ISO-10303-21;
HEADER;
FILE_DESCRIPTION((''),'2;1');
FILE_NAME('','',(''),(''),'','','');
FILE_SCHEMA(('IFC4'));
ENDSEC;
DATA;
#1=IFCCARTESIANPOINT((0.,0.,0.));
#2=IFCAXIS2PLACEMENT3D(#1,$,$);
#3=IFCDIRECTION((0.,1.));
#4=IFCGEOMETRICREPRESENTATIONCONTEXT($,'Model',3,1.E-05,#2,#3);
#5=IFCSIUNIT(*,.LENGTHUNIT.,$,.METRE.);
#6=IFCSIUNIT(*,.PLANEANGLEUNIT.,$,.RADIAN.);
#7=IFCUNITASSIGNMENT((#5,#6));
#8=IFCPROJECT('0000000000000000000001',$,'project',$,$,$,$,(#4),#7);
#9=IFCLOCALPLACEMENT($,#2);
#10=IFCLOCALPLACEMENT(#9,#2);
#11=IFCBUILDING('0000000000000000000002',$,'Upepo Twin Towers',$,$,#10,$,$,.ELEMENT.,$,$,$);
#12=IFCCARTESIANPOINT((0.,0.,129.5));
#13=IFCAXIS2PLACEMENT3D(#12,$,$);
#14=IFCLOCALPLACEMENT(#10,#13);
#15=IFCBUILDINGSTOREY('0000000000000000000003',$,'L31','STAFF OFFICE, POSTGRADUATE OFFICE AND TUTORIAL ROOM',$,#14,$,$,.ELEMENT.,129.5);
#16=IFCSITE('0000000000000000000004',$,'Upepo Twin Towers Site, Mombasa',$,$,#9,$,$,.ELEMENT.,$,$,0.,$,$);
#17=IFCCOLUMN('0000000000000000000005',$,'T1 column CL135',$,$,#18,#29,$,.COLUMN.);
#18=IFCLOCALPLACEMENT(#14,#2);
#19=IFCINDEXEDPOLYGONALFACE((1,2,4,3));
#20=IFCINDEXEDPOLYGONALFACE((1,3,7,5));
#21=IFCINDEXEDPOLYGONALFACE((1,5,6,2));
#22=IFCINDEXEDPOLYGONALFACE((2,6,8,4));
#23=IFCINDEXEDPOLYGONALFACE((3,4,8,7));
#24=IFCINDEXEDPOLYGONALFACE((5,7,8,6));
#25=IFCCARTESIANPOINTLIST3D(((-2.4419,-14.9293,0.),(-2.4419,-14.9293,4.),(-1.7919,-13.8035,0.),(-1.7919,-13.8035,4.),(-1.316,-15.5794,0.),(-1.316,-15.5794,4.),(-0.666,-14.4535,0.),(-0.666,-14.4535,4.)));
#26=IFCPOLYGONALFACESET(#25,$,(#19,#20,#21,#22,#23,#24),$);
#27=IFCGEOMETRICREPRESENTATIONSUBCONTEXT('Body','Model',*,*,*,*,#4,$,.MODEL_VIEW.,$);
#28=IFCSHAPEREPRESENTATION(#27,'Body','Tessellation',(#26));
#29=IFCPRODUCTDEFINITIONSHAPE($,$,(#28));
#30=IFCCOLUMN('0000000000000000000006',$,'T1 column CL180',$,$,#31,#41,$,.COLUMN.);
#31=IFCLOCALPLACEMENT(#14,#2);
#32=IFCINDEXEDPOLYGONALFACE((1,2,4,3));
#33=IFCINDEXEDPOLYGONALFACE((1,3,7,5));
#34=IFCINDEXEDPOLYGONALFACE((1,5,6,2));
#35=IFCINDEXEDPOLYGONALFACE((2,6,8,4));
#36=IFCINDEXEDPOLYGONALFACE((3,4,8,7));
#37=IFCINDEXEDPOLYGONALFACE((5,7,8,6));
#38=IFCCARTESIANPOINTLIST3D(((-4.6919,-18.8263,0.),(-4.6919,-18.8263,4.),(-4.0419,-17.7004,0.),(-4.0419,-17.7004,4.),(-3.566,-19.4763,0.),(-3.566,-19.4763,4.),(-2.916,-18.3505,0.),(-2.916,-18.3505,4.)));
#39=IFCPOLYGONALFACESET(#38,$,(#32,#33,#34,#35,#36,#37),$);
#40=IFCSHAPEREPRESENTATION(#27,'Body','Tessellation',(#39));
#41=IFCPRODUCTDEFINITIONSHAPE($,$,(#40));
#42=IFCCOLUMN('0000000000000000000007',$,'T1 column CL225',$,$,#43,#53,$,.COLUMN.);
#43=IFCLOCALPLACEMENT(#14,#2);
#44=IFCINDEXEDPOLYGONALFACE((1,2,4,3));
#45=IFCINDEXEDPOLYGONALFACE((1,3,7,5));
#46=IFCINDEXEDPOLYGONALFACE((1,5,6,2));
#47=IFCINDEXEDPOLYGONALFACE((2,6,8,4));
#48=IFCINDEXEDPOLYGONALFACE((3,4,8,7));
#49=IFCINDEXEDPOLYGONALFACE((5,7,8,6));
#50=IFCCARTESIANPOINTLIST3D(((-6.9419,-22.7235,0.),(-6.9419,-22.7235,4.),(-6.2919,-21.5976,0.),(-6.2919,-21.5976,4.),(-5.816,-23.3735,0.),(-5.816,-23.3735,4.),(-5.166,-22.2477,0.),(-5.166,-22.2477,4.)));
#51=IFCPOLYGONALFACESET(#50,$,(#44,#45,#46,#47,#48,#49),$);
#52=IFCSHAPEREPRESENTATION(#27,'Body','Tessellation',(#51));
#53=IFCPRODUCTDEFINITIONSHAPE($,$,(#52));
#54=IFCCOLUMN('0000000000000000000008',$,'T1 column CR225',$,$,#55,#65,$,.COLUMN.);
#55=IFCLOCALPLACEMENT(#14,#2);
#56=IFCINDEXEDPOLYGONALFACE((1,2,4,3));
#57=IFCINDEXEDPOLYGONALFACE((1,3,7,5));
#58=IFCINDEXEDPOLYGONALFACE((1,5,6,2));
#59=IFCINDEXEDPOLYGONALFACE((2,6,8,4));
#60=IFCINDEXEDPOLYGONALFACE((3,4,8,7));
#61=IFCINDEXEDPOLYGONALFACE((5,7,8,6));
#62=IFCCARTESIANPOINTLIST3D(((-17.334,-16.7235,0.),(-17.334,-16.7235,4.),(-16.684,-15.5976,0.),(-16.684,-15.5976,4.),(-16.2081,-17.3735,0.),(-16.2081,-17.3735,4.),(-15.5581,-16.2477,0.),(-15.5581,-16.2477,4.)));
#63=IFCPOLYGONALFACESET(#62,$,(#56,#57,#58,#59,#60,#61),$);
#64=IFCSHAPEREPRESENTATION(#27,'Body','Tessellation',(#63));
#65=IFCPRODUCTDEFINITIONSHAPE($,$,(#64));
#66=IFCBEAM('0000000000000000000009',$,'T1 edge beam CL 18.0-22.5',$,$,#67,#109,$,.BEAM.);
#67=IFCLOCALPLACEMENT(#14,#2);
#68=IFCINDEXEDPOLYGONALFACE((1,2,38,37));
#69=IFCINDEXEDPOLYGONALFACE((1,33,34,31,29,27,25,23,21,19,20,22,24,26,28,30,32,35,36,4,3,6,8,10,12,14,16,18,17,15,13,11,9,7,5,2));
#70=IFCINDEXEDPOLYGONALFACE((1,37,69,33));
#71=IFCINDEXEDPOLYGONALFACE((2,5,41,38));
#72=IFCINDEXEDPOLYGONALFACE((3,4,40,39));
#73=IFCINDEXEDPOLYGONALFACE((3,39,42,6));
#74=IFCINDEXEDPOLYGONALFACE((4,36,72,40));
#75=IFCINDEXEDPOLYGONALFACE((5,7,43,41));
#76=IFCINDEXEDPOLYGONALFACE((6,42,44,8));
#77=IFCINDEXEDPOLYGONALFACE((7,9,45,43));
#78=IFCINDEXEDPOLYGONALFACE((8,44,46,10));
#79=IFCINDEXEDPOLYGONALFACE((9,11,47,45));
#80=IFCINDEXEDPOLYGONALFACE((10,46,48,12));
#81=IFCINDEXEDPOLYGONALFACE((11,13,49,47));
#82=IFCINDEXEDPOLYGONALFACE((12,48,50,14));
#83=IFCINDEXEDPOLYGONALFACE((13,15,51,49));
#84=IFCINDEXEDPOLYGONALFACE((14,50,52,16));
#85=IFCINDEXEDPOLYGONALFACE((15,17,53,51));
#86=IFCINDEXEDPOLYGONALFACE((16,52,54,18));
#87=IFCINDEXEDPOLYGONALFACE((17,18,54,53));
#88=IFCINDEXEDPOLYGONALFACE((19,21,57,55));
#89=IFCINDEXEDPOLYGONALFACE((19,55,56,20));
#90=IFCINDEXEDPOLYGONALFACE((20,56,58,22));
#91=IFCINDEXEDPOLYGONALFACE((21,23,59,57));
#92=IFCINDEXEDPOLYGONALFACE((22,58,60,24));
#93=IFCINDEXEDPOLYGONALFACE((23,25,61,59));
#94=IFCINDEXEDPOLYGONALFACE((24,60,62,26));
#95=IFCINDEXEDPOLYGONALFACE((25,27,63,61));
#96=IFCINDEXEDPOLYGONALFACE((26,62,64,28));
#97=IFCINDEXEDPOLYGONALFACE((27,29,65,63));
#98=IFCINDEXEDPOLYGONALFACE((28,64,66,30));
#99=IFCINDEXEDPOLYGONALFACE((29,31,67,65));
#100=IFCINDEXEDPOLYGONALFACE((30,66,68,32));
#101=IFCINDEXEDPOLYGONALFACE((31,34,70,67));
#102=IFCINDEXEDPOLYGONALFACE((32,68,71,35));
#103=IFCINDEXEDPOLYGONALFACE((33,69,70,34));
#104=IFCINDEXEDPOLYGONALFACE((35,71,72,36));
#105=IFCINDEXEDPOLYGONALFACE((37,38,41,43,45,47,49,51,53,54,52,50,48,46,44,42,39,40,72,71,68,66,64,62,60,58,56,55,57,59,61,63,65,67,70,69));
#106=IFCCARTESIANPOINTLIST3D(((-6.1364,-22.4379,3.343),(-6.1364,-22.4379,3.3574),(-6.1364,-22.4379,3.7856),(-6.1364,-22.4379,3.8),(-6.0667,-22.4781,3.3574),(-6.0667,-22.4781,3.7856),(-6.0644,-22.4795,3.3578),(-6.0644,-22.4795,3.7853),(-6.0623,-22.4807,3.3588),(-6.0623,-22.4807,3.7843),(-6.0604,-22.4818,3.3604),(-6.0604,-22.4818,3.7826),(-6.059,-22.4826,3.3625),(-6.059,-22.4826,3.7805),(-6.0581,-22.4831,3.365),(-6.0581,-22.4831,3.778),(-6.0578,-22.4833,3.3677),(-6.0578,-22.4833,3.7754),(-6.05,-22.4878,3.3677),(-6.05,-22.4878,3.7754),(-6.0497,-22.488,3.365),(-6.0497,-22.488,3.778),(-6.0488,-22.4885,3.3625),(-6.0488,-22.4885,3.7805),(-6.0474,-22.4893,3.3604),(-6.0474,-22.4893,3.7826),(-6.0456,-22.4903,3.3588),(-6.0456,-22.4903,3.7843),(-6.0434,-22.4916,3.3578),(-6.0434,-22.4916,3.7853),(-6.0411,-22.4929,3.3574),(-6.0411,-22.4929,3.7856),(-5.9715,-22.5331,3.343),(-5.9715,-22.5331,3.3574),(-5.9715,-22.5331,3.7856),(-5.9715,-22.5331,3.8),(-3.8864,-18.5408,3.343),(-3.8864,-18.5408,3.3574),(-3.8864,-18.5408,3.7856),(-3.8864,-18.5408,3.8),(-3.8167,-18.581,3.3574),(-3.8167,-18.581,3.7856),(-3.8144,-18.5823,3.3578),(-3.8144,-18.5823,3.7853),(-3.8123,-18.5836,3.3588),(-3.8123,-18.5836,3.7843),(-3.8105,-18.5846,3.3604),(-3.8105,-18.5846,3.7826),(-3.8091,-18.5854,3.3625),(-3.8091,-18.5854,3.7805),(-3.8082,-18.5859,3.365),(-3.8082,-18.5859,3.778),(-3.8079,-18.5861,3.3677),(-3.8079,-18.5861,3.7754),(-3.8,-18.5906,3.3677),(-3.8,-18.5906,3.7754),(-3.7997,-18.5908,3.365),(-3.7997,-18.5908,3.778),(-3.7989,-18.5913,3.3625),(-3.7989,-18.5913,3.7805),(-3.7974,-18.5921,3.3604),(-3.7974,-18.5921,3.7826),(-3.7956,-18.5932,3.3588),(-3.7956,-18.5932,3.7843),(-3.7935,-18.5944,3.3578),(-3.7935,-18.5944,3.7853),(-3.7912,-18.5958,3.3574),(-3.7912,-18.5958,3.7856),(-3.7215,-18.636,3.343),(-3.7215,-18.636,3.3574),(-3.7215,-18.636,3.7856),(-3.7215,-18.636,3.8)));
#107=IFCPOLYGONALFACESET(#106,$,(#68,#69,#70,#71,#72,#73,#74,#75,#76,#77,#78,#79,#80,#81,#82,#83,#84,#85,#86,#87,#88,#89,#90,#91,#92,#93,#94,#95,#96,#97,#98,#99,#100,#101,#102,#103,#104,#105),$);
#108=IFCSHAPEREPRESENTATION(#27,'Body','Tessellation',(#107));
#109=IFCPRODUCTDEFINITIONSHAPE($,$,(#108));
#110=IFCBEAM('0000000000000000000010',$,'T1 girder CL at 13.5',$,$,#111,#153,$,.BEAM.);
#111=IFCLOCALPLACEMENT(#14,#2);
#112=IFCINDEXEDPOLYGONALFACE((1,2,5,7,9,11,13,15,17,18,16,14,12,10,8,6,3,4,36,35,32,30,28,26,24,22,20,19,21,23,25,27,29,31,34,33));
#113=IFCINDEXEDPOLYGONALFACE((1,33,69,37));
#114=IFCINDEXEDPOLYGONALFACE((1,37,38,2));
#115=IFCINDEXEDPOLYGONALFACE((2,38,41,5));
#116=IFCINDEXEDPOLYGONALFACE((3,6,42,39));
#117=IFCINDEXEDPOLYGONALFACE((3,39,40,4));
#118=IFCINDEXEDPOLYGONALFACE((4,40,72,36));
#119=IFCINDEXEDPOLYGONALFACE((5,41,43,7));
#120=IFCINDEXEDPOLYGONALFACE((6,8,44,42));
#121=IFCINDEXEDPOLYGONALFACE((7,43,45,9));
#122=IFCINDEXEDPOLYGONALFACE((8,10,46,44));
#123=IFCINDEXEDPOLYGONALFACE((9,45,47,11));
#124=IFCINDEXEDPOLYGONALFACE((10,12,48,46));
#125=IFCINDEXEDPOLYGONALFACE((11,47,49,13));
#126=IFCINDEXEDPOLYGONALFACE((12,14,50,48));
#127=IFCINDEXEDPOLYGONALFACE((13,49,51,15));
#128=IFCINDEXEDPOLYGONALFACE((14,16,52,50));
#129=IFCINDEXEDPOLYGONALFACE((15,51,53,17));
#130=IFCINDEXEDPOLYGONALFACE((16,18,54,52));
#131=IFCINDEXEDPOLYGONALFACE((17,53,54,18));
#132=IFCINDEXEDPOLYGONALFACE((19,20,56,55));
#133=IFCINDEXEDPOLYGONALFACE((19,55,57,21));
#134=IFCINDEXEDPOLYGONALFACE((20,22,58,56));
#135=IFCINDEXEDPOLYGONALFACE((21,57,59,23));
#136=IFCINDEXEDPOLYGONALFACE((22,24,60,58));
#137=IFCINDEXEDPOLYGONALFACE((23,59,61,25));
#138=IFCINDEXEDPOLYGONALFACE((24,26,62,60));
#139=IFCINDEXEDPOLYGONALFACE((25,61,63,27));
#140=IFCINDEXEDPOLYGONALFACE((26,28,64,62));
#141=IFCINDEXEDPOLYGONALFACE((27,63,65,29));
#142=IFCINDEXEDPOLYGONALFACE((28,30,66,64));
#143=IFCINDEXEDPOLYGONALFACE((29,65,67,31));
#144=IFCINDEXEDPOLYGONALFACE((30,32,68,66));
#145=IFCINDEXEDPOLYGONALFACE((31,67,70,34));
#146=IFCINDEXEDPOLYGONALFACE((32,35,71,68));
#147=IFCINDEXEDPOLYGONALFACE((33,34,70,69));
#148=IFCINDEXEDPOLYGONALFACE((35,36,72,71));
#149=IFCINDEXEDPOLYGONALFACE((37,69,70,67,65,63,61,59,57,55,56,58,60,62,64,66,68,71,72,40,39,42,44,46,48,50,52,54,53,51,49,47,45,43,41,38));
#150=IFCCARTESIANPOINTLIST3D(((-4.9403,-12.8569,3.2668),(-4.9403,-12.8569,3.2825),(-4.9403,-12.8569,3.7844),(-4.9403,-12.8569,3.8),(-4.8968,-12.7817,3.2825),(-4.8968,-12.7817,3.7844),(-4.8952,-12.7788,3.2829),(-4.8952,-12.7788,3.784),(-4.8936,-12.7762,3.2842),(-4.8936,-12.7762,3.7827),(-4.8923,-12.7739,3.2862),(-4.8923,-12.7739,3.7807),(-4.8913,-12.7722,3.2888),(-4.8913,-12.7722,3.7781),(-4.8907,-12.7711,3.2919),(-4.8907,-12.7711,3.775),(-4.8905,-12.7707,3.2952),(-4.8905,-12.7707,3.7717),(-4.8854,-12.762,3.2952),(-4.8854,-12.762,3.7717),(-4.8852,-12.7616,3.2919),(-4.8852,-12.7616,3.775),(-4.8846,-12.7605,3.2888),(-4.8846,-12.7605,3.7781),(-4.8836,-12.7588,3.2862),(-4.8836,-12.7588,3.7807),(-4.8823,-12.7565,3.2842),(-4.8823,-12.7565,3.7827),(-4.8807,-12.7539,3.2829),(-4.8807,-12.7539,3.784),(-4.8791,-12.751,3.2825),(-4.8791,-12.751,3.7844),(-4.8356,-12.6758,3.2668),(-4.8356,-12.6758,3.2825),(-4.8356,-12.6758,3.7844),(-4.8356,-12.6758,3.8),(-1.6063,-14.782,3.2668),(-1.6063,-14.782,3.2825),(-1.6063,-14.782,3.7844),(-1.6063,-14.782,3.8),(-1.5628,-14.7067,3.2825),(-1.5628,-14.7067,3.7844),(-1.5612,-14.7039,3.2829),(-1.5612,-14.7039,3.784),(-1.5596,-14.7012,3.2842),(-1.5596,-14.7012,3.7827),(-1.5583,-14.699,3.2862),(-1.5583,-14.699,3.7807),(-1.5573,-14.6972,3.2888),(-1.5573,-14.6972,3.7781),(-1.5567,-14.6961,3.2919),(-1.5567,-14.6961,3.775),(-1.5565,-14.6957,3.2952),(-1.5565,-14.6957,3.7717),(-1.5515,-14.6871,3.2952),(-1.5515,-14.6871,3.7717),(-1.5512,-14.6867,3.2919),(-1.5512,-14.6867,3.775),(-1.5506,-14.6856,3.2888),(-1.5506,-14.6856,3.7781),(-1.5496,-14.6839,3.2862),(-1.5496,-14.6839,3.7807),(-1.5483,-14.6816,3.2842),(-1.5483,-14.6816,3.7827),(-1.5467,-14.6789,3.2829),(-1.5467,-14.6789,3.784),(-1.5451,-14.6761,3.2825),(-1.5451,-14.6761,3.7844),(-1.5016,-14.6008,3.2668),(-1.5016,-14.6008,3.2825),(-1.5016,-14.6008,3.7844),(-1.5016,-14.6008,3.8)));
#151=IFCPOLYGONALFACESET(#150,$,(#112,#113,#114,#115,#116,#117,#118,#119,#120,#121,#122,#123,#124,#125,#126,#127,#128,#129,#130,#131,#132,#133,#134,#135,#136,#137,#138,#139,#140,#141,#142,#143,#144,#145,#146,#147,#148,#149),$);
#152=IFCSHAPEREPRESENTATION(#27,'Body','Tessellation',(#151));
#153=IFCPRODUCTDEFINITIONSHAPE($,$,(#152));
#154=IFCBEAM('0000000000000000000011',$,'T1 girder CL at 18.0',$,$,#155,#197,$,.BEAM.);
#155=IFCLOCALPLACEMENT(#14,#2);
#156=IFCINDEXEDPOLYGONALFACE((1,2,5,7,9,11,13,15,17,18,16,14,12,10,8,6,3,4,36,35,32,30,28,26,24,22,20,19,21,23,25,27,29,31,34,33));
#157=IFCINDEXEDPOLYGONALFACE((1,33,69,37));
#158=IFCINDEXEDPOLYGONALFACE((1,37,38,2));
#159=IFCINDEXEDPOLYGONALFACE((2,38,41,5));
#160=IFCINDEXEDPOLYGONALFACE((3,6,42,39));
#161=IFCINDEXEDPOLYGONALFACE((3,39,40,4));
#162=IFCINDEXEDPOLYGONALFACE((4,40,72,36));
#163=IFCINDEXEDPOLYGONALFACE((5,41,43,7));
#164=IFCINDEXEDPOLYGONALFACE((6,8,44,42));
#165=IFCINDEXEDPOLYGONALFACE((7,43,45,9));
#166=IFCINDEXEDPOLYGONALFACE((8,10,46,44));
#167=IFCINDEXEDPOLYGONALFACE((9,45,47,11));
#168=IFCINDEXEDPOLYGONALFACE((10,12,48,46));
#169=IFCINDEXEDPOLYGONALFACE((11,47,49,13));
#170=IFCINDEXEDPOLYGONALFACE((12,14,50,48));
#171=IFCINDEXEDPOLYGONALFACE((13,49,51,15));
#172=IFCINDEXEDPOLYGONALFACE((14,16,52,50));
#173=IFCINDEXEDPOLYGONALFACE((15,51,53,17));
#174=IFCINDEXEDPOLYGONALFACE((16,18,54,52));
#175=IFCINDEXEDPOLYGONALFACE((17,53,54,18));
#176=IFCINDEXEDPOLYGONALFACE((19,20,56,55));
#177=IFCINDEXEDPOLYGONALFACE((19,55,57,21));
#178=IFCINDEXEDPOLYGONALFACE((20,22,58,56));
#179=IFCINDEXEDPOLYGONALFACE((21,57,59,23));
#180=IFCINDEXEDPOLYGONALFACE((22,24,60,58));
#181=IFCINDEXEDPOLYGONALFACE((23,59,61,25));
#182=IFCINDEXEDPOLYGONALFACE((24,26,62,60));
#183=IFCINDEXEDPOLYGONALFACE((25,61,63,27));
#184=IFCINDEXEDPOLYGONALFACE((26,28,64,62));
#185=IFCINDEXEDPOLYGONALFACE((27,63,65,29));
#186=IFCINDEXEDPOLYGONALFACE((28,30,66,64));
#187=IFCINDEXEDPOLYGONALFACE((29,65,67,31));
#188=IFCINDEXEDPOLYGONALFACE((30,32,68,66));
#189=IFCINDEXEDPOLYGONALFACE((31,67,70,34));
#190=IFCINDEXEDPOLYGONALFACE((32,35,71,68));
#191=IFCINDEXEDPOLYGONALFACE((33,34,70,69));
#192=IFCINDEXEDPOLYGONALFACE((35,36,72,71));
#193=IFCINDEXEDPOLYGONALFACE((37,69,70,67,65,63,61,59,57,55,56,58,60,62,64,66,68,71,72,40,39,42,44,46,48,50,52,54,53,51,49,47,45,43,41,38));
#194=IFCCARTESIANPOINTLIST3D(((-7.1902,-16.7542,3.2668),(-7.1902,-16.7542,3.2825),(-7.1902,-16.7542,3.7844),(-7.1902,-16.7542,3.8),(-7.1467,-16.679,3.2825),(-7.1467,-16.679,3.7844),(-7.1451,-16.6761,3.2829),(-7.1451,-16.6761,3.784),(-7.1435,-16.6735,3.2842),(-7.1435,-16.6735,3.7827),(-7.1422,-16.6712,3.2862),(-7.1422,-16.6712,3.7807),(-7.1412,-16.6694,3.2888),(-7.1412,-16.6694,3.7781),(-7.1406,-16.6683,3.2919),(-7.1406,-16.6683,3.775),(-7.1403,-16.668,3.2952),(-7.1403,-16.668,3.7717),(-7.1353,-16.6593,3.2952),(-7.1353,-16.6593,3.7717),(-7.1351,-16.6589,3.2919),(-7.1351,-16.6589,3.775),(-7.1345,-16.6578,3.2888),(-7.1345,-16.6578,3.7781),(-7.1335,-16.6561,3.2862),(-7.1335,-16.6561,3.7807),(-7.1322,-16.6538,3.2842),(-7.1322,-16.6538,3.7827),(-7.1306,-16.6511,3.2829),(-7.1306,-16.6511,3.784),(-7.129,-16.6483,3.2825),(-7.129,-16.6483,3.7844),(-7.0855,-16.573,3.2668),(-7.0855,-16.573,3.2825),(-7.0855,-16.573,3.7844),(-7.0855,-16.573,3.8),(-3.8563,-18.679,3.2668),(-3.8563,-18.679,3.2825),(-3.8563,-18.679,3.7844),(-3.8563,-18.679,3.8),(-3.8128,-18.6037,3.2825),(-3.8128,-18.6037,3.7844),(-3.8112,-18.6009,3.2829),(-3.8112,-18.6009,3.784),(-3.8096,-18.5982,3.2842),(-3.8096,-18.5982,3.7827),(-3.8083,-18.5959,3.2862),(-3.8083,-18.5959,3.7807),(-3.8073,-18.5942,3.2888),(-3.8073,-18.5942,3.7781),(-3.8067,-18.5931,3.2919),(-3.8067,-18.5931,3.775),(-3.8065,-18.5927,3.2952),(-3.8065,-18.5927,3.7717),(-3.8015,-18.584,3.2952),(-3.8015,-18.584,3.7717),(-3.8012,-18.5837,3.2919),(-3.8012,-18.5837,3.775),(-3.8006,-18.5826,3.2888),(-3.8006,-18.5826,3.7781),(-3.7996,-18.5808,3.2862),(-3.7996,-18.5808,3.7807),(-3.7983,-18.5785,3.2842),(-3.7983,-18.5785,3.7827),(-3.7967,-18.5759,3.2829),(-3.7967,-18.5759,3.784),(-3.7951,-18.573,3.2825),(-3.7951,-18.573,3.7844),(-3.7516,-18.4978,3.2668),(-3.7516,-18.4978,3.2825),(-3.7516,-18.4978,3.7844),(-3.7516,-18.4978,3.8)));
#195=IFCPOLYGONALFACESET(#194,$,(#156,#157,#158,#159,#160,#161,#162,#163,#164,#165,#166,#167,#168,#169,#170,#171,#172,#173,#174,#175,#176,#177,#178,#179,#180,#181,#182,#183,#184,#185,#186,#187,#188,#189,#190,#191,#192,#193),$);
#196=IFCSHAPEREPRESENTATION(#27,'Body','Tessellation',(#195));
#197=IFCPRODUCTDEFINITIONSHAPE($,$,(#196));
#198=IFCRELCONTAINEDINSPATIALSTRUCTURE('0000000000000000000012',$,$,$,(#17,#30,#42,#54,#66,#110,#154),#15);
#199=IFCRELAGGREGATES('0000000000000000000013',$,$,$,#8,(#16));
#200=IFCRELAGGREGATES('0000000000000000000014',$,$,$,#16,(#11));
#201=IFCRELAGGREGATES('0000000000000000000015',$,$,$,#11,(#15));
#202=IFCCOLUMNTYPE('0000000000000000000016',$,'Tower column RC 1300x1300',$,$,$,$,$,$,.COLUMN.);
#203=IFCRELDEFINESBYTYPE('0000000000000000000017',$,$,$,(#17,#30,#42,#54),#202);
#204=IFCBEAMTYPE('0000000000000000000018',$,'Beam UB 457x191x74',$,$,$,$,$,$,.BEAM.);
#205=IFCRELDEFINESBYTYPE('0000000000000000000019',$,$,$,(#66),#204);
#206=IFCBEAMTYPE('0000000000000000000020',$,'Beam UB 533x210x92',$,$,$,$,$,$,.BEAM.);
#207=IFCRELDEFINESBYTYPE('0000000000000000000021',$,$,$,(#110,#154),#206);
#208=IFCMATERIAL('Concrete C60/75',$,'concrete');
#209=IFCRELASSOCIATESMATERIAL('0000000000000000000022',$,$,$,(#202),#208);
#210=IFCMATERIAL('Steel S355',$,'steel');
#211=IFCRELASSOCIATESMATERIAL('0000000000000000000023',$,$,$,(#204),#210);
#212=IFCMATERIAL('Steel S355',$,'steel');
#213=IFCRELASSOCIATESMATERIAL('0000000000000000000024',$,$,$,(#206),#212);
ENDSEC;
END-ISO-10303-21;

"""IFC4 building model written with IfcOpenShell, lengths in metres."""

from ifc_helpers import new_model, si_unit, direction, frame, origin, origin_2d, place, context, subcontext, project, spatial, rectangle, i_section, extrude, material, material_profile, profile_set, type_object, element, save


model = new_model("IFC4")

# Units and contexts
model_context = context("Model", 3, precision=1e-05, world=origin(), true_north=direction((0.0, 1.0)))
body_context = subcontext(model_context, "Body", "Model", "MODEL_VIEW")
ifc_project = project(units=[si_unit("LENGTHUNIT", "METRE"), si_unit("PLANEANGLEUNIT", "RADIAN")], contexts=[model_context])

# Site, building, storey
site_placement = place(None, origin())
site = spatial("IfcSite", under=ifc_project, at=site_placement, Name="Upepo Twin Towers Site, Mombasa", CompositionType="ELEMENT", RefElevation=0.0)
building_placement = place(site_placement, origin())
building = spatial("IfcBuilding", under=site, at=building_placement, Name="Upepo Twin Towers", CompositionType="ELEMENT")
storey_placement = place(building_placement, frame((0.0, 0.0, 129.5)))
storey = spatial("IfcBuildingStorey", under=building, at=storey_placement, Name="L31", Description="STAFF OFFICE, POSTGRADUATE OFFICE AND TUTORIAL ROOM", CompositionType="ELEMENT", Elevation=129.5)

# Columns
ifc_material_1 = material(Name="Concrete C60/75", Category="concrete")
ifc_material_profile_1 = material_profile(ifc_material_1, rectangle(XDim=1.3, YDim=1.3, at=origin_2d()), Name="RC 1300x1300")
ifc_profile_set_1 = profile_set([ifc_material_profile_1], Name="Concrete C60/75")
column_type = type_object("IfcColumnType", Name="Tower column RC 1300x1300", PredefinedType="COLUMN", material=ifc_profile_set_1)
for number, where, z_axis, x_axis, name in (
    (1, (-1.554, -14.6914, 0.0), (0.0, 0.0, 1.0), (0.5, 0.866025, 0.0), "T1 column CL135"),
    (2, (-3.804, -18.5884, 0.0), (0.0, 0.0, 1.0), (0.5, 0.866025, 0.0), "T1 column CL180"),
    (3, (-6.054, -22.4856, 0.0), (0.0, 0.0, 1.0), (0.5, 0.866025, 0.0), "T1 column CL225"),
    (4, (-16.446, -16.4856, 0.0), (0.0, 0.0, 1.0), (0.5, 0.866025, 0.0), "T1 column CR225"),
):
    element("IfcColumn", number, at=place(storey_placement, frame(where, z_axis=z_axis, x_axis=x_axis)), inside=storey, type_object=column_type, Name=name, PredefinedType="COLUMN", context=body_context, shape_type="SweptSolid", body=[
        extrude(rectangle(XDim=1.3, YDim=1.3, at=origin_2d()), origin(), (0.0, 0.0, 1.0), 4.0),
    ])

# Beams
ifc_material_2 = material(Name="Steel S355", Category="steel")
ifc_material_profile_2 = material_profile(ifc_material_2, i_section(OverallWidth=0.1904, OverallDepth=0.457, WebThickness=0.009, FlangeThickness=0.0144, FilletRadius=0.0103, at=origin_2d()), Name="UB 457x191x74")
ifc_profile_set_2 = profile_set([ifc_material_profile_2], Name="Steel S355")
beam_type_1 = type_object("IfcBeamType", Name="Beam UB 457x191x74", PredefinedType="BEAM", material=ifc_profile_set_2)
beam_1_placement = place(storey_placement, frame((-3.804, -18.5884, 3.5715), z_axis=(-0.49999, -0.866031, 0.0), x_axis=(0.866031, -0.49999, 0.0)))
element("IfcBeam", 5, at=beam_1_placement, inside=storey, type_object=beam_type_1, Name="T1 edge beam CL 18.0-22.5", PredefinedType="BEAM", context=body_context, shape_type="SweptSolid", body=[
    extrude(i_section(OverallWidth=0.1904, OverallDepth=0.457, WebThickness=0.009, FlangeThickness=0.0144, FilletRadius=0.0103, at=origin_2d()), origin(), (0.0, 0.0, 1.0), 4.5),
])
ifc_material_3 = material(Name="Steel S355", Category="steel")
ifc_material_profile_3 = material_profile(ifc_material_3, i_section(OverallWidth=0.2092, OverallDepth=0.5332, WebThickness=0.01, FlangeThickness=0.0156, FilletRadius=0.0127, at=origin_2d()), Name="UB 533x210x92")
ifc_profile_set_3 = profile_set([ifc_material_profile_3], Name="Steel S355")
beam_type_2 = type_object("IfcBeamType", Name="Beam UB 533x210x92", PredefinedType="BEAM", material=ifc_profile_set_3)
beam_2_placement = place(storey_placement, frame((-1.554, -14.6914, 3.5334), z_axis=(-0.866006, 0.500034, 0.0), x_axis=(-0.500034, -0.866006, 0.0)))
element("IfcBeam", 6, at=beam_2_placement, inside=storey, type_object=beam_type_2, Name="T1 girder CL at 13.5", PredefinedType="BEAM", context=body_context, shape_type="SweptSolid", body=[
    extrude(i_section(OverallWidth=0.2092, OverallDepth=0.5332, WebThickness=0.01, FlangeThickness=0.0156, FilletRadius=0.0127, at=origin_2d()), origin(), (0.0, 0.0, 1.0), 3.8499),
])
beam_3_placement = place(storey_placement, frame((-3.804, -18.5884, 3.5334), z_axis=(-0.866034, 0.499986, 0.0), x_axis=(-0.499986, -0.866034, 0.0)))
element("IfcBeam", 7, at=beam_3_placement, inside=storey, type_object=beam_type_2, Name="T1 girder CL at 18.0", PredefinedType="BEAM", context=body_context, shape_type="SweptSolid", body=[
    extrude(i_section(OverallWidth=0.2092, OverallDepth=0.5332, WebThickness=0.01, FlangeThickness=0.0156, FilletRadius=0.0127, at=origin_2d()), origin(), (0.0, 0.0, 1.0), 3.8496),
])

save(model, "model.ifc")
